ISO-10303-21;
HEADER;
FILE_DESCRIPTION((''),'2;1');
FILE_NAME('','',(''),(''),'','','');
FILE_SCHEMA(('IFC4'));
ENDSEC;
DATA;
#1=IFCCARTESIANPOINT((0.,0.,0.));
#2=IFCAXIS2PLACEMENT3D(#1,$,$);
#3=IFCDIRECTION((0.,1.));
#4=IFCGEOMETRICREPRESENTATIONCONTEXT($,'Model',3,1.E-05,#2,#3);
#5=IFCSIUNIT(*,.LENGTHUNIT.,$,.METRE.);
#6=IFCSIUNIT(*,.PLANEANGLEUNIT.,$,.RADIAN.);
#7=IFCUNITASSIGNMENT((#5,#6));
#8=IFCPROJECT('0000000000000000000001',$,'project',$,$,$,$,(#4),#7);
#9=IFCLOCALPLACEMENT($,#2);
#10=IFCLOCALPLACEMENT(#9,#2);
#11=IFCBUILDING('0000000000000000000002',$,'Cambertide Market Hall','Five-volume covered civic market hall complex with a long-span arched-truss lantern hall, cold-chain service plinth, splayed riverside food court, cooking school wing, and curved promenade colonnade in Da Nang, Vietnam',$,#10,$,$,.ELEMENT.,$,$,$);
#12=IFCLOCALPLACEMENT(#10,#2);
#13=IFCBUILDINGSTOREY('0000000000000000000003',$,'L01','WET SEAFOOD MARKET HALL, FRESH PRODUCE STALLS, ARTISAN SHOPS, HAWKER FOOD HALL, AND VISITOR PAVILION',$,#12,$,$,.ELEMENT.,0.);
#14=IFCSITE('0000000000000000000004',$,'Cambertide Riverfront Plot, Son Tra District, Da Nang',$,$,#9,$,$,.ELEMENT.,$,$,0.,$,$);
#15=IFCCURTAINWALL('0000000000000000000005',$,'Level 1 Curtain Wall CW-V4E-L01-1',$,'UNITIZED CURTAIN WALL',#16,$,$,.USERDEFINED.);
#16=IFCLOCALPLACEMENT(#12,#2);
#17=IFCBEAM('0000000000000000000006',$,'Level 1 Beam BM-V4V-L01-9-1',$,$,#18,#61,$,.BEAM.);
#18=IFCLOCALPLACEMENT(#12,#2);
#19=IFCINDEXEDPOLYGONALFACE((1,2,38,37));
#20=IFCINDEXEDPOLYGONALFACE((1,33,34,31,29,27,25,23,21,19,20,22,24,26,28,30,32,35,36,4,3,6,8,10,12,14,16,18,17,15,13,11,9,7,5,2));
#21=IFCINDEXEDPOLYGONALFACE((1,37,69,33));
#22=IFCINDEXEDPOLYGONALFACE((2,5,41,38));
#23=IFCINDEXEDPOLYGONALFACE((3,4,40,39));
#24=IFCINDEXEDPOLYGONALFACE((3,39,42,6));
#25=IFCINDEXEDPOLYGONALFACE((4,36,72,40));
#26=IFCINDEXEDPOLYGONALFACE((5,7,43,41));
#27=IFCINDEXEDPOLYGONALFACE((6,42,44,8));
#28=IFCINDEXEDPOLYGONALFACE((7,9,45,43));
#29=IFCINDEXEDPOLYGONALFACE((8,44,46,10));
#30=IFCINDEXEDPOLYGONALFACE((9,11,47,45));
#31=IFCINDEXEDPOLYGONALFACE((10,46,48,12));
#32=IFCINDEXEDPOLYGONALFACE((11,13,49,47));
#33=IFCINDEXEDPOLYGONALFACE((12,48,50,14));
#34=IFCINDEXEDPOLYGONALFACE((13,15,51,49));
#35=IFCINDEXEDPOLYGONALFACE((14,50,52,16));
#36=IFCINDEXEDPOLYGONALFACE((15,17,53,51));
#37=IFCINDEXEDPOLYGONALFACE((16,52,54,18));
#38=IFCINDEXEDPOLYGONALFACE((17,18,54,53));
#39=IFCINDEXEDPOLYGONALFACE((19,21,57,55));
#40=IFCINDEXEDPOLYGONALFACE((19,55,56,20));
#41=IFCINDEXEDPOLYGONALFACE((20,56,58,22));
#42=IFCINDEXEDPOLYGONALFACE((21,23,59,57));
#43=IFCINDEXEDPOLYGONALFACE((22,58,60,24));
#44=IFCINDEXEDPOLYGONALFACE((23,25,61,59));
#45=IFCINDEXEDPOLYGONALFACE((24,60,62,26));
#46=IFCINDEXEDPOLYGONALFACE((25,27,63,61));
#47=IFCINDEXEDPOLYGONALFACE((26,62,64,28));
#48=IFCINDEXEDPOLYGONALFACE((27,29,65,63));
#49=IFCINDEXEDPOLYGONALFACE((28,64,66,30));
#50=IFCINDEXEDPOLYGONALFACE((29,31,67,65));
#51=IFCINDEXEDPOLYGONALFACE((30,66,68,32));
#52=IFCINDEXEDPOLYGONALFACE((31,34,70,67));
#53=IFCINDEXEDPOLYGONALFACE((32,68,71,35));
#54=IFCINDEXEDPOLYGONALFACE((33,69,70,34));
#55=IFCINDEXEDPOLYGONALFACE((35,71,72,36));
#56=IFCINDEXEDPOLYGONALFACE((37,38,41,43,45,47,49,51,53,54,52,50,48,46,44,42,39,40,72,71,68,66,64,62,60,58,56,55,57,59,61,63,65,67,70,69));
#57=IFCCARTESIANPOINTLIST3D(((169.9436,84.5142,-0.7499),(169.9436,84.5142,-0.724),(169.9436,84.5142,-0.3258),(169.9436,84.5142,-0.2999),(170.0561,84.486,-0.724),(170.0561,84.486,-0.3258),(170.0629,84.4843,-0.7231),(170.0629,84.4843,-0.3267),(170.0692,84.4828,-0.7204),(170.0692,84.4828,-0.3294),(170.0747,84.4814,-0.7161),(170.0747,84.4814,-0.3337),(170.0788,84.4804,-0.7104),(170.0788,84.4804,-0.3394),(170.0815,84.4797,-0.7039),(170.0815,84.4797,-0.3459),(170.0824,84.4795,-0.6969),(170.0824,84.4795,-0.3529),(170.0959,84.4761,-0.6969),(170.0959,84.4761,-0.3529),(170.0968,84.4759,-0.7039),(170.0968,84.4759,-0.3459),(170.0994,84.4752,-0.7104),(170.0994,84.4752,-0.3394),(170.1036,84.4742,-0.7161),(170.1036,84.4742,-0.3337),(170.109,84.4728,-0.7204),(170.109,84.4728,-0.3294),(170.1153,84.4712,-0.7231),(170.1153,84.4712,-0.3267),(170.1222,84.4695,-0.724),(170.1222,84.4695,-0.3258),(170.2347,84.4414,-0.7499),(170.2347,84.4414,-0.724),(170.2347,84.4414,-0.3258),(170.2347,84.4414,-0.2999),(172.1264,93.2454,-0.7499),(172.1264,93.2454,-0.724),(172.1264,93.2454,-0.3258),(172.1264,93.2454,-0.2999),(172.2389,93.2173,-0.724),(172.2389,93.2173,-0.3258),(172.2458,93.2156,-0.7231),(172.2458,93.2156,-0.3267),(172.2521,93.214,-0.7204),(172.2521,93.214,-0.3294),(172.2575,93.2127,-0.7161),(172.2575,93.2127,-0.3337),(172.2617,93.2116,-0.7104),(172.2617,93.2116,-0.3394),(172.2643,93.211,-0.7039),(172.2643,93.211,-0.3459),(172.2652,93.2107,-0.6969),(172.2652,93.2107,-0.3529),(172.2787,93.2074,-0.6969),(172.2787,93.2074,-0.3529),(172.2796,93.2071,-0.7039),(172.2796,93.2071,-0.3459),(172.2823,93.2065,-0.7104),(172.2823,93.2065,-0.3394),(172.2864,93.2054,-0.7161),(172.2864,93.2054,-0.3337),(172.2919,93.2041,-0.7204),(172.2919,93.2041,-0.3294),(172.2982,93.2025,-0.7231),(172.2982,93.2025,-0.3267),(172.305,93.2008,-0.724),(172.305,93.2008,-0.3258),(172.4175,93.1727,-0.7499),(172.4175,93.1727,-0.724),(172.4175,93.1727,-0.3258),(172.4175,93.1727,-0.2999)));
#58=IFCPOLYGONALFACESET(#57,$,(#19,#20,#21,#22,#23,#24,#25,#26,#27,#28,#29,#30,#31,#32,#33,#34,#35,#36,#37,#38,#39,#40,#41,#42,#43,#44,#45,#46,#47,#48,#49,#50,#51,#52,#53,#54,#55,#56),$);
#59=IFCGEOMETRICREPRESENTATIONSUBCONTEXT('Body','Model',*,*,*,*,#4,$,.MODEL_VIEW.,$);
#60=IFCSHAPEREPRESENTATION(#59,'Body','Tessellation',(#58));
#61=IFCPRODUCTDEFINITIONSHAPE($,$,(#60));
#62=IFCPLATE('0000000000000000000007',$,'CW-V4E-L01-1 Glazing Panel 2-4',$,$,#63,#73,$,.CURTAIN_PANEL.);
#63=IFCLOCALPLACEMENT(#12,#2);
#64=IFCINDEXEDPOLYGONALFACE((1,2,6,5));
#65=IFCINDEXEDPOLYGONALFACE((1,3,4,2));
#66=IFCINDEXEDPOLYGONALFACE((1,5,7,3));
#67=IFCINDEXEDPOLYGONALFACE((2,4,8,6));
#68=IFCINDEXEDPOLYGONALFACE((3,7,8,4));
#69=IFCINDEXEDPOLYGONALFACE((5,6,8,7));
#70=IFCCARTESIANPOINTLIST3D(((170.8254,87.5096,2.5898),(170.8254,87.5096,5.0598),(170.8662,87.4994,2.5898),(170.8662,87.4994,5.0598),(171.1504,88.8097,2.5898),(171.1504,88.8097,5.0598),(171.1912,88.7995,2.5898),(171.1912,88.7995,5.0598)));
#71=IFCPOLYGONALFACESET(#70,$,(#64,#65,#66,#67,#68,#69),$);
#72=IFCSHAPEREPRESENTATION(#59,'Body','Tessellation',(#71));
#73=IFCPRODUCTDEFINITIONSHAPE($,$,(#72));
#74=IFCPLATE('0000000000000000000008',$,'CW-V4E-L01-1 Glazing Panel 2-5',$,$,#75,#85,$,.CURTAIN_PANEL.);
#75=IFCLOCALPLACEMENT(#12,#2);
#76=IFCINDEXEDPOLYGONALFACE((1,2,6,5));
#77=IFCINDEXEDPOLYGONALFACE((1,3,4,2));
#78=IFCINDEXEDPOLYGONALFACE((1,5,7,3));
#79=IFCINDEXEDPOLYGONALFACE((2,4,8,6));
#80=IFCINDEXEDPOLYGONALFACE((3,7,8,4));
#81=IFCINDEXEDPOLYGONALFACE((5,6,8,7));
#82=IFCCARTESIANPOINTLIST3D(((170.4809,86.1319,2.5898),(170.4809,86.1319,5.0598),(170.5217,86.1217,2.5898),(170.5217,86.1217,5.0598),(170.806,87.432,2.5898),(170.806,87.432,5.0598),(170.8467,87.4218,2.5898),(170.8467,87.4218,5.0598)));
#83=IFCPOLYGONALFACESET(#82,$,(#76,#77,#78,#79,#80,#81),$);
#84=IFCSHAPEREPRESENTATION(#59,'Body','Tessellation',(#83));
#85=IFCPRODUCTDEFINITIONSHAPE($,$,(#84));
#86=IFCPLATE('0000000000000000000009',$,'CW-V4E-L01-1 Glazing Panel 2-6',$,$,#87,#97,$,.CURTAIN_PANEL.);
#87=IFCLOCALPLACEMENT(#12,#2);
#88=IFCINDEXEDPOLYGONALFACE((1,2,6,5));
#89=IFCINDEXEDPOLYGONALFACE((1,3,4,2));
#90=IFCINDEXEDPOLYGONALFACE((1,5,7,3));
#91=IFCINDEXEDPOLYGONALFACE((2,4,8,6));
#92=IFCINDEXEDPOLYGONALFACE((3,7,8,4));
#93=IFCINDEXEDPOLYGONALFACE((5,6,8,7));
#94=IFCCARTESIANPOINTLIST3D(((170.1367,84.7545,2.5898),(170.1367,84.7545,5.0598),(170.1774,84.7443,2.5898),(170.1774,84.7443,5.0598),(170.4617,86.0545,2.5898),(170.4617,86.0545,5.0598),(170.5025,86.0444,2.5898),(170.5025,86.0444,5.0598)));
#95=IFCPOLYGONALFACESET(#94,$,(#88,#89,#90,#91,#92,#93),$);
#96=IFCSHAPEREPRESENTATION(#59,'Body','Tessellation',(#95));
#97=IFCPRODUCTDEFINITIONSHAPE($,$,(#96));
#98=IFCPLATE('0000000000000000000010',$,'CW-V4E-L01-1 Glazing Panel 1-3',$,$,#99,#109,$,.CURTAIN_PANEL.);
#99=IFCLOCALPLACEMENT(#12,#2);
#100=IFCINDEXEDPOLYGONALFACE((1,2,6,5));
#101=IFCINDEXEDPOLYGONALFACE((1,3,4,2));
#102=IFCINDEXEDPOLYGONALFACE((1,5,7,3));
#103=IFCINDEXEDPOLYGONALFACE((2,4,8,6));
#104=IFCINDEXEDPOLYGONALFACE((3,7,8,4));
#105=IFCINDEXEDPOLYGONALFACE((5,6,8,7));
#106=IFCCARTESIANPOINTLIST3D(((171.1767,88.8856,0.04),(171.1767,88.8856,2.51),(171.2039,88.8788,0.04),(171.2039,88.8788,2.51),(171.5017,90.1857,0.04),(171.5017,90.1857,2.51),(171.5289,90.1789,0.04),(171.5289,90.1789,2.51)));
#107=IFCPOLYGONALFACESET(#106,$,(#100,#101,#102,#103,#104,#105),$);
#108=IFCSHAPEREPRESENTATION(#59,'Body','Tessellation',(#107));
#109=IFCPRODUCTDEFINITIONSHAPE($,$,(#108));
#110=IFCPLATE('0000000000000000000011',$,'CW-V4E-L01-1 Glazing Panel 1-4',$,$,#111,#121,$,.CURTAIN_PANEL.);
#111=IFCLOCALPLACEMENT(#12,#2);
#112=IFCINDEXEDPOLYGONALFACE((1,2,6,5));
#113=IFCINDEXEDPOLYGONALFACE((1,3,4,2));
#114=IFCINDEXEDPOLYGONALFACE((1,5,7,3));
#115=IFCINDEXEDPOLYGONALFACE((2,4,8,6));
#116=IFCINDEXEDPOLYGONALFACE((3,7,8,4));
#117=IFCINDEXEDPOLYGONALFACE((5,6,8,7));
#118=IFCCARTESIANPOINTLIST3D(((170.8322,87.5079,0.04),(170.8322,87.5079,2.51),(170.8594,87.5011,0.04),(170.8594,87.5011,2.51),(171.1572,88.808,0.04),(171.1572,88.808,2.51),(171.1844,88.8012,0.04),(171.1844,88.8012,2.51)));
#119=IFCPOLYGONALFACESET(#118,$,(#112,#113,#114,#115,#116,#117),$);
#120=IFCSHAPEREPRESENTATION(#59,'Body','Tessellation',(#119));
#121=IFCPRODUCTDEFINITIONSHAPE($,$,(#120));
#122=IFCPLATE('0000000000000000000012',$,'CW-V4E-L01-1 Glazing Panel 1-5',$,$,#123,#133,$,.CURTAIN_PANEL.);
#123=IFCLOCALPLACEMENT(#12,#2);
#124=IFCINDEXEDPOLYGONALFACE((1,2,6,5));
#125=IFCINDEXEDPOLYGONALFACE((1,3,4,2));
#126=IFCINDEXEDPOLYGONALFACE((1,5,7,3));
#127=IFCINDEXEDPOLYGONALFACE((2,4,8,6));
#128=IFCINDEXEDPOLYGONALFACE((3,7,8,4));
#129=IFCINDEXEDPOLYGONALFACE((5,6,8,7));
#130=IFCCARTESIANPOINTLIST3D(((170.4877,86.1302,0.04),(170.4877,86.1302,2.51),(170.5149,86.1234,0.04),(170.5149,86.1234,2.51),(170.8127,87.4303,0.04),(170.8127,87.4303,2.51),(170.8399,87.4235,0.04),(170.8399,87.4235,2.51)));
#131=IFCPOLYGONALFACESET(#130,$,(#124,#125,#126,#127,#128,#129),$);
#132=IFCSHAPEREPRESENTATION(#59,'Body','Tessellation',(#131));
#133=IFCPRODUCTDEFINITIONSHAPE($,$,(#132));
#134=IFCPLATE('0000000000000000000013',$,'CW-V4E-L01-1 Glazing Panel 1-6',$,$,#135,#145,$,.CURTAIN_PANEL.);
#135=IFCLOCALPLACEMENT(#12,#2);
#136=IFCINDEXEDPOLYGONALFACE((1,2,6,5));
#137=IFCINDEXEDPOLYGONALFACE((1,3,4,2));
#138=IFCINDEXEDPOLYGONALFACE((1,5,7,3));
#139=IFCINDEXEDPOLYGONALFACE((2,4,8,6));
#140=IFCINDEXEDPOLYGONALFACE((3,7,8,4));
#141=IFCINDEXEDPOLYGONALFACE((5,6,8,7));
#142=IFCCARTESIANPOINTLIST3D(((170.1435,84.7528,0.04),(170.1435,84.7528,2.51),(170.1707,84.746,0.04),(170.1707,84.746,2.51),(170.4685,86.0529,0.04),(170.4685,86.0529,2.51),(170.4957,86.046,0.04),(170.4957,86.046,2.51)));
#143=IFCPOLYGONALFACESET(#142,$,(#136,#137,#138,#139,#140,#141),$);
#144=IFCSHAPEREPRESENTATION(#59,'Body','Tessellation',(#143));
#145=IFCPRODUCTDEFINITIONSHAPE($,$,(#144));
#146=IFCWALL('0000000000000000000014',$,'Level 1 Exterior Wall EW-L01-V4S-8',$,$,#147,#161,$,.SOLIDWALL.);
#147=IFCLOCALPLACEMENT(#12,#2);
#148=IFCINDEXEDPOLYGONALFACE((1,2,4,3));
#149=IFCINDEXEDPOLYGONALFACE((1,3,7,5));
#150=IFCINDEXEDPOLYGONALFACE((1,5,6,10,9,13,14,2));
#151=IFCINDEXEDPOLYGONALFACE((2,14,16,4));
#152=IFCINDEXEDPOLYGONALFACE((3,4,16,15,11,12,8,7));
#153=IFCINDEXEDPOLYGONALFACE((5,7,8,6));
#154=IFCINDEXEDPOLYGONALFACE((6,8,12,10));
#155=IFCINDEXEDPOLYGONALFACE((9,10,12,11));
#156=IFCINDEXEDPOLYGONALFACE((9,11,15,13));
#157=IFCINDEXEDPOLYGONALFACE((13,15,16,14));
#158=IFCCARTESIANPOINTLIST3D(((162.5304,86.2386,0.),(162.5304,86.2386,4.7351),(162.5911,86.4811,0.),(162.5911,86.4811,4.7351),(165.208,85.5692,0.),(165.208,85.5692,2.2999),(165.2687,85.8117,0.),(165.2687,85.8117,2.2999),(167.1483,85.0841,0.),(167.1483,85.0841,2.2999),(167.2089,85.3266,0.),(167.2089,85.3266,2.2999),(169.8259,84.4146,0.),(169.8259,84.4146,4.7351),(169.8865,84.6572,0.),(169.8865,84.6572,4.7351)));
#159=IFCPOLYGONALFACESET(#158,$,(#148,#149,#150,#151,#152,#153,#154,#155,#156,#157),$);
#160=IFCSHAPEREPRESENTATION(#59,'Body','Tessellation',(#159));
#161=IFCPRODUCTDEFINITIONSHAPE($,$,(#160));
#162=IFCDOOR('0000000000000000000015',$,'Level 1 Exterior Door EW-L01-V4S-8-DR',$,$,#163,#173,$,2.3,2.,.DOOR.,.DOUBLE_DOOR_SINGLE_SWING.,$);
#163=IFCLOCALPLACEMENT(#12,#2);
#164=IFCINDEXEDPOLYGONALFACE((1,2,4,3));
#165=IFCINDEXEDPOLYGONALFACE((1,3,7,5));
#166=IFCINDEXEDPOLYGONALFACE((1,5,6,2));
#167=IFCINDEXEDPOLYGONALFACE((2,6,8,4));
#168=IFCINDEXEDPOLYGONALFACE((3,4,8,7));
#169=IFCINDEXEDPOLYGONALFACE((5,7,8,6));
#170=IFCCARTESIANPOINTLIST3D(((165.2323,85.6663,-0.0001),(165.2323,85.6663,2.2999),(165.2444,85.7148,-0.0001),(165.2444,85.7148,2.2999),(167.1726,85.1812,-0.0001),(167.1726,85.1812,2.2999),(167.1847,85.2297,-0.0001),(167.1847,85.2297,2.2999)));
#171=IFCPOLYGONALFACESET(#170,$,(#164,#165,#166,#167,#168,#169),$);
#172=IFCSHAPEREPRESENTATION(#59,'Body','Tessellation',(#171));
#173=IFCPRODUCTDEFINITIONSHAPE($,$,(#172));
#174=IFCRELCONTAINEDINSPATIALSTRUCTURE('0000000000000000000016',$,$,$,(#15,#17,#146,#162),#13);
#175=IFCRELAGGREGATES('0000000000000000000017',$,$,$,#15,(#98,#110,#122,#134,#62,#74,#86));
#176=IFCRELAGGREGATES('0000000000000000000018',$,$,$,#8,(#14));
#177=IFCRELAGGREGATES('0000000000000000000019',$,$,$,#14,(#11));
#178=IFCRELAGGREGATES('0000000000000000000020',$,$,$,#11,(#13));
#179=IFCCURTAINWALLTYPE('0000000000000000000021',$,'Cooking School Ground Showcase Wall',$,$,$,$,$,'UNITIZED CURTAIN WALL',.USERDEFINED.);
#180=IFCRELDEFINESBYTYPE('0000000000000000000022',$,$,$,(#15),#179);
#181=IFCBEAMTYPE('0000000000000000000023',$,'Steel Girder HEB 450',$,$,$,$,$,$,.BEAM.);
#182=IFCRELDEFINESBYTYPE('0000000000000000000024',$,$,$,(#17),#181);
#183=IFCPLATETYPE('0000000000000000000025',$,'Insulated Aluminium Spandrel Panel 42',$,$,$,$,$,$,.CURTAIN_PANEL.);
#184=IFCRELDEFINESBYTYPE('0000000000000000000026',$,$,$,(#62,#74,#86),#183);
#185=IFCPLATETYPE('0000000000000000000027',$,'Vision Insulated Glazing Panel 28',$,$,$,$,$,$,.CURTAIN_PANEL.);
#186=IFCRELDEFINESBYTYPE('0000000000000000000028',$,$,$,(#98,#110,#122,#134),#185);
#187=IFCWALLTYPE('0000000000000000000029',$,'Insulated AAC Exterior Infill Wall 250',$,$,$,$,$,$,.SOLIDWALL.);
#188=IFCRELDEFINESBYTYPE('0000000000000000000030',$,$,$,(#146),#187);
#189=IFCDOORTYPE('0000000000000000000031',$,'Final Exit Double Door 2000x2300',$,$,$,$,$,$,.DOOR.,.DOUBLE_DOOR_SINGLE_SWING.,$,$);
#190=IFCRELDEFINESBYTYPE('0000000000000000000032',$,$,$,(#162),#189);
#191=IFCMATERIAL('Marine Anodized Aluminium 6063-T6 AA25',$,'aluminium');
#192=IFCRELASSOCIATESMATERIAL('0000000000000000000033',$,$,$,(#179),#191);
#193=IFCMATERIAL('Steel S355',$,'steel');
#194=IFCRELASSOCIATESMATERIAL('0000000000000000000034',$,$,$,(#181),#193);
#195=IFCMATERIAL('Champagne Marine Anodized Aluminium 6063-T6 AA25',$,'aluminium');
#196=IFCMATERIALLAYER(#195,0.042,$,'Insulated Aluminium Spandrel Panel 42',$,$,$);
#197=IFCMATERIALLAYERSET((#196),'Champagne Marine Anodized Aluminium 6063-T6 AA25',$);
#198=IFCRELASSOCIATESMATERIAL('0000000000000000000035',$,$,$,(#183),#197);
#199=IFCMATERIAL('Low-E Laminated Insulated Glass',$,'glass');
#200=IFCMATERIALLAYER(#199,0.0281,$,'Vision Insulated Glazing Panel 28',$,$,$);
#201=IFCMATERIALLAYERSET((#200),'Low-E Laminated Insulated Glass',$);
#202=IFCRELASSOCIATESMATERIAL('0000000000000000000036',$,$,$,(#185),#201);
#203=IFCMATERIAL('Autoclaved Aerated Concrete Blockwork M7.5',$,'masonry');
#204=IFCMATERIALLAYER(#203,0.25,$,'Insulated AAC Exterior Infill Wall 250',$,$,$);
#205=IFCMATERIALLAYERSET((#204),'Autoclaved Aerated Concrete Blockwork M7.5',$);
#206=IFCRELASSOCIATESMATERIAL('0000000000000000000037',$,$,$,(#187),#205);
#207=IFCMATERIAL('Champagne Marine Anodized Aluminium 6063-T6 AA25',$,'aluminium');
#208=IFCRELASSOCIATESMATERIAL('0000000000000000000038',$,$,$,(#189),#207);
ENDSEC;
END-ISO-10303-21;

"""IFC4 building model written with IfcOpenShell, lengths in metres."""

from ifc_helpers import new_model, si_unit, direction, frame, frame_2d, origin, origin_2d, place, context, subcontext, project, spatial, rectangle, i_section, extrude, material, layer, layer_set, material_profile, profile_set, type_object, element, fill, aggregate, save


model = new_model("IFC4")

# Units and contexts
model_context = context("Model", 3, precision=1e-05, world=origin(), true_north=direction((0.0, 1.0)))
body_context = subcontext(model_context, "Body", "Model", "MODEL_VIEW")
ifc_project = project(units=[si_unit("LENGTHUNIT", "METRE"), si_unit("PLANEANGLEUNIT", "RADIAN")], contexts=[model_context])

# Site, building, storey
site_placement = place(None, origin())
site = spatial("IfcSite", under=ifc_project, at=site_placement, Name="Cambertide Riverfront Plot, Son Tra District, Da Nang", CompositionType="ELEMENT", RefElevation=0.0)
building_placement = place(site_placement, origin())
building = spatial("IfcBuilding", under=site, at=building_placement, Name="Cambertide Market Hall", Description="Five-volume covered civic market hall complex with a long-span arched-truss lantern hall, cold-chain service plinth, splayed riverside food court, cooking school wing, and curved promenade colonnade in Da Nang, Vietnam", CompositionType="ELEMENT")
storey_placement = place(building_placement, origin())
storey = spatial("IfcBuildingStorey", under=building, at=storey_placement, Name="L01", Description="WET SEAFOOD MARKET HALL, FRESH PRODUCE STALLS, ARTISAN SHOPS, HAWKER FOOD HALL, AND VISITOR PAVILION", CompositionType="ELEMENT", Elevation=0.0)

# Curtain wall
ifc_material_1 = material(Name="Marine Anodized Aluminium 6063-T6 AA25", Category="aluminium")
curtain_wall_type = type_object("IfcCurtainWallType", Name="Cooking School Ground Showcase Wall", ElementType="UNITIZED CURTAIN WALL", PredefinedType="USERDEFINED", material=ifc_material_1)
curtain_wall_placement = place(storey_placement, origin())
curtain_wall = element("IfcCurtainWall", 1, at=curtain_wall_placement, inside=storey, type_object=curtain_wall_type, Name="Level 1 Curtain Wall CW-V4E-L01-1", ObjectType="UNITIZED CURTAIN WALL", PredefinedType="USERDEFINED")

# Beam
ifc_material_2 = material(Name="Steel S355", Category="steel")
ifc_material_profile_1 = material_profile(ifc_material_2, i_section(OverallWidth=0.3, OverallDepth=0.45, WebThickness=0.0139, FlangeThickness=0.0259, FilletRadius=0.0271, at=origin_2d()), Name="HEB 450")
ifc_profile_set_1 = profile_set([ifc_material_profile_1], Name="Steel S355")
beam_type_1 = type_object("IfcBeamType", Name="Steel Girder HEB 450", PredefinedType="BEAM", material=ifc_profile_set_1)
beam_1_placement = place(storey_placement, frame((170.0891, 84.4778, -0.5249), z_axis=(0.242542, 0.970141, 0.0), x_axis=(-0.970141, 0.242542, 0.0)))
element("IfcBeam", 2, at=beam_1_placement, inside=storey, type_object=beam_type_1, Name="Level 1 Beam BM-V4V-L01-9-1", PredefinedType="BEAM", context=body_context, shape_type="SweptSolid", body=[
    extrude(i_section(OverallWidth=0.3, OverallDepth=0.45, WebThickness=0.0139, FlangeThickness=0.0259, FilletRadius=0.0271, at=origin_2d()), origin(), (0.0, 0.0, 1.0), 9.0),
])

# Plates
ifc_material_3 = material(Name="Champagne Marine Anodized Aluminium 6063-T6 AA25", Category="aluminium")
ifc_layer_1 = layer(ifc_material_3, 0.042, Name="Insulated Aluminium Spandrel Panel 42")
ifc_layer_set_1 = layer_set([ifc_layer_1], Name="Champagne Marine Anodized Aluminium 6063-T6 AA25")
plate_type_1 = type_object("IfcPlateType", Name="Insulated Aluminium Spandrel Panel 42", PredefinedType="CURTAIN_PANEL", material=ifc_layer_set_1)
plate_1_placement = place(storey_placement, frame((171.0083, 88.1545, 2.5898), z_axis=(0.0, 0.0, 1.0), x_axis=(-0.242536, -0.970143, 0.0)))
plate_1 = element("IfcPlate", 3, at=plate_1_placement, type_object=plate_type_1, Name="CW-V4E-L01-1 Glazing Panel 2-4", PredefinedType="CURTAIN_PANEL", context=body_context, shape_type="SweptSolid", body=[
    extrude(rectangle(XDim=1.3401, YDim=0.042, at=origin_2d()), origin(), (0.0, 0.0, 1.0), 2.47),
])
plate_2_placement = place(storey_placement, frame((170.6638, 86.7769, 2.5898), z_axis=(0.0, 0.0, 1.0), x_axis=(-0.242536, -0.970143, 0.0)))
plate_2 = element("IfcPlate", 4, at=plate_2_placement, type_object=plate_type_1, Name="CW-V4E-L01-1 Glazing Panel 2-5", PredefinedType="CURTAIN_PANEL", context=body_context, shape_type="SweptSolid", body=[
    extrude(rectangle(XDim=1.3401, YDim=0.042, at=origin_2d()), origin(), (0.0, 0.0, 1.0), 2.47),
])
plate_3_placement = place(storey_placement, frame((170.3196, 85.3994, 2.5898), z_axis=(0.0, 0.0, 1.0), x_axis=(-0.242536, -0.970143, 0.0)))
plate_3 = element("IfcPlate", 5, at=plate_3_placement, type_object=plate_type_1, Name="CW-V4E-L01-1 Glazing Panel 2-6", PredefinedType="CURTAIN_PANEL", context=body_context, shape_type="SweptSolid", body=[
    extrude(rectangle(XDim=1.3401, YDim=0.042, at=origin_2d()), origin(), (0.0, 0.0, 1.0), 2.47),
])
ifc_material_4 = material(Name="Low-E Laminated Insulated Glass", Category="glass")
ifc_layer_2 = layer(ifc_material_4, 0.0281, Name="Vision Insulated Glazing Panel 28")
ifc_layer_set_2 = layer_set([ifc_layer_2], Name="Low-E Laminated Insulated Glass")
plate_type_2 = type_object("IfcPlateType", Name="Vision Insulated Glazing Panel 28", PredefinedType="CURTAIN_PANEL", material=ifc_layer_set_2)
plate_4_placement = place(storey_placement, frame((171.3528, 89.5322, 0.04), z_axis=(0.0, 0.0, 1.0), x_axis=(-0.242536, -0.970143, 0.0)))
plate_4 = element("IfcPlate", 6, at=plate_4_placement, type_object=plate_type_2, Name="CW-V4E-L01-1 Glazing Panel 1-3", PredefinedType="CURTAIN_PANEL", context=body_context, shape_type="SweptSolid", body=[
    extrude(rectangle(XDim=1.3401, YDim=0.0281, at=origin_2d()), origin(), (0.0, 0.0, 1.0), 2.47),
])
plate_5_placement = place(storey_placement, frame((171.0083, 88.1545, 0.04), z_axis=(0.0, 0.0, 1.0), x_axis=(-0.242536, -0.970143, 0.0)))
plate_5 = element("IfcPlate", 7, at=plate_5_placement, type_object=plate_type_2, Name="CW-V4E-L01-1 Glazing Panel 1-4", PredefinedType="CURTAIN_PANEL", context=body_context, shape_type="SweptSolid", body=[
    extrude(rectangle(XDim=1.3401, YDim=0.0281, at=origin_2d()), origin(), (0.0, 0.0, 1.0), 2.47),
])
plate_6_placement = place(storey_placement, frame((170.6638, 86.7769, 0.04), z_axis=(0.0, 0.0, 1.0), x_axis=(-0.242536, -0.970143, 0.0)))
plate_6 = element("IfcPlate", 8, at=plate_6_placement, type_object=plate_type_2, Name="CW-V4E-L01-1 Glazing Panel 1-5", PredefinedType="CURTAIN_PANEL", context=body_context, shape_type="SweptSolid", body=[
    extrude(rectangle(XDim=1.3401, YDim=0.0281, at=origin_2d()), origin(), (0.0, 0.0, 1.0), 2.47),
])
plate_7_placement = place(storey_placement, frame((170.3196, 85.3994, 0.04), z_axis=(0.0, 0.0, 1.0), x_axis=(-0.242536, -0.970143, 0.0)))
plate_7 = element("IfcPlate", 9, at=plate_7_placement, type_object=plate_type_2, Name="CW-V4E-L01-1 Glazing Panel 1-6", PredefinedType="CURTAIN_PANEL", context=body_context, shape_type="SweptSolid", body=[
    extrude(rectangle(XDim=1.3401, YDim=0.0281, at=origin_2d()), origin(), (0.0, 0.0, 1.0), 2.47),
])
aggregate(curtain_wall, [plate_4, plate_5, plate_6, plate_7, plate_1, plate_2, plate_3])

# Wall, opening, door
ifc_material_5 = material(Name="Autoclaved Aerated Concrete Blockwork M7.5", Category="masonry")
ifc_layer_3 = layer(ifc_material_5, 0.25, Name="Insulated AAC Exterior Infill Wall 250")
ifc_layer_set_3 = layer_set([ifc_layer_3], Name="Autoclaved Aerated Concrete Blockwork M7.5")
wall_type = type_object("IfcWallType", Name="Insulated AAC Exterior Infill Wall 250", PredefinedType="SOLIDWALL", material=ifc_layer_set_3)
wall_placement = place(storey_placement, frame((169.8562, 84.5359, 0.0), z_axis=(0.0, 0.0, 1.0), x_axis=(-0.970139, 0.242551, 0.0)))
wall = element("IfcWall", 10, at=wall_placement, inside=storey, type_object=wall_type, Name="Level 1 Exterior Wall EW-L01-V4S-8", PredefinedType="SOLIDWALL", context=body_context, shape_type="SweptSolid", body=[
    extrude(rectangle(XDim=7.52, YDim=0.25, at=frame_2d((3.76, 0.0))), origin(), (0.0, 0.0, 1.0), 4.7351),
])
opening_placement = place(wall_placement, frame((2.76, 0.0, 0.0)))
opening = element("IfcOpeningElement", 11, at=opening_placement, cuts=wall, PredefinedType="OPENING", context=body_context, shape_type="SweptSolid", body=[
    extrude(rectangle(XDim=2.0, YDim=2.3, at=frame_2d((1.0, 1.1499))), frame((0.0, 0.135, 0.0), z_axis=(0.0, -1.0, 0.0), x_axis=(1.0, 0.0, 0.0)), (0.0, 0.0, 1.0), 0.27),
])
ifc_material_6 = material(Name="Champagne Marine Anodized Aluminium 6063-T6 AA25", Category="aluminium")
door_type = type_object("IfcDoorType", Name="Final Exit Double Door 2000x2300", OperationType="DOUBLE_DOOR_SINGLE_SWING", PredefinedType="DOOR", material=ifc_material_6)
door_placement = place(opening_placement, origin())
door = element("IfcDoor", 12, at=door_placement, inside=storey, type_object=door_type, Name="Level 1 Exterior Door EW-L01-V4S-8-DR", OperationType="DOUBLE_DOOR_SINGLE_SWING", OverallHeight=2.3, OverallWidth=2.0, PredefinedType="DOOR", context=body_context, shape_type="SweptSolid", body=[
    extrude(rectangle(XDim=2.0, YDim=2.3, at=frame_2d((1.0, 1.1499))), frame((0.0, 0.0249, 0.0), z_axis=(0.0, -1.0, 0.0), x_axis=(1.0, 0.0, 0.0)), (0.0, 0.0, 1.0), 0.05),
])
fill(opening, door)

save(model, "model.ifc")
